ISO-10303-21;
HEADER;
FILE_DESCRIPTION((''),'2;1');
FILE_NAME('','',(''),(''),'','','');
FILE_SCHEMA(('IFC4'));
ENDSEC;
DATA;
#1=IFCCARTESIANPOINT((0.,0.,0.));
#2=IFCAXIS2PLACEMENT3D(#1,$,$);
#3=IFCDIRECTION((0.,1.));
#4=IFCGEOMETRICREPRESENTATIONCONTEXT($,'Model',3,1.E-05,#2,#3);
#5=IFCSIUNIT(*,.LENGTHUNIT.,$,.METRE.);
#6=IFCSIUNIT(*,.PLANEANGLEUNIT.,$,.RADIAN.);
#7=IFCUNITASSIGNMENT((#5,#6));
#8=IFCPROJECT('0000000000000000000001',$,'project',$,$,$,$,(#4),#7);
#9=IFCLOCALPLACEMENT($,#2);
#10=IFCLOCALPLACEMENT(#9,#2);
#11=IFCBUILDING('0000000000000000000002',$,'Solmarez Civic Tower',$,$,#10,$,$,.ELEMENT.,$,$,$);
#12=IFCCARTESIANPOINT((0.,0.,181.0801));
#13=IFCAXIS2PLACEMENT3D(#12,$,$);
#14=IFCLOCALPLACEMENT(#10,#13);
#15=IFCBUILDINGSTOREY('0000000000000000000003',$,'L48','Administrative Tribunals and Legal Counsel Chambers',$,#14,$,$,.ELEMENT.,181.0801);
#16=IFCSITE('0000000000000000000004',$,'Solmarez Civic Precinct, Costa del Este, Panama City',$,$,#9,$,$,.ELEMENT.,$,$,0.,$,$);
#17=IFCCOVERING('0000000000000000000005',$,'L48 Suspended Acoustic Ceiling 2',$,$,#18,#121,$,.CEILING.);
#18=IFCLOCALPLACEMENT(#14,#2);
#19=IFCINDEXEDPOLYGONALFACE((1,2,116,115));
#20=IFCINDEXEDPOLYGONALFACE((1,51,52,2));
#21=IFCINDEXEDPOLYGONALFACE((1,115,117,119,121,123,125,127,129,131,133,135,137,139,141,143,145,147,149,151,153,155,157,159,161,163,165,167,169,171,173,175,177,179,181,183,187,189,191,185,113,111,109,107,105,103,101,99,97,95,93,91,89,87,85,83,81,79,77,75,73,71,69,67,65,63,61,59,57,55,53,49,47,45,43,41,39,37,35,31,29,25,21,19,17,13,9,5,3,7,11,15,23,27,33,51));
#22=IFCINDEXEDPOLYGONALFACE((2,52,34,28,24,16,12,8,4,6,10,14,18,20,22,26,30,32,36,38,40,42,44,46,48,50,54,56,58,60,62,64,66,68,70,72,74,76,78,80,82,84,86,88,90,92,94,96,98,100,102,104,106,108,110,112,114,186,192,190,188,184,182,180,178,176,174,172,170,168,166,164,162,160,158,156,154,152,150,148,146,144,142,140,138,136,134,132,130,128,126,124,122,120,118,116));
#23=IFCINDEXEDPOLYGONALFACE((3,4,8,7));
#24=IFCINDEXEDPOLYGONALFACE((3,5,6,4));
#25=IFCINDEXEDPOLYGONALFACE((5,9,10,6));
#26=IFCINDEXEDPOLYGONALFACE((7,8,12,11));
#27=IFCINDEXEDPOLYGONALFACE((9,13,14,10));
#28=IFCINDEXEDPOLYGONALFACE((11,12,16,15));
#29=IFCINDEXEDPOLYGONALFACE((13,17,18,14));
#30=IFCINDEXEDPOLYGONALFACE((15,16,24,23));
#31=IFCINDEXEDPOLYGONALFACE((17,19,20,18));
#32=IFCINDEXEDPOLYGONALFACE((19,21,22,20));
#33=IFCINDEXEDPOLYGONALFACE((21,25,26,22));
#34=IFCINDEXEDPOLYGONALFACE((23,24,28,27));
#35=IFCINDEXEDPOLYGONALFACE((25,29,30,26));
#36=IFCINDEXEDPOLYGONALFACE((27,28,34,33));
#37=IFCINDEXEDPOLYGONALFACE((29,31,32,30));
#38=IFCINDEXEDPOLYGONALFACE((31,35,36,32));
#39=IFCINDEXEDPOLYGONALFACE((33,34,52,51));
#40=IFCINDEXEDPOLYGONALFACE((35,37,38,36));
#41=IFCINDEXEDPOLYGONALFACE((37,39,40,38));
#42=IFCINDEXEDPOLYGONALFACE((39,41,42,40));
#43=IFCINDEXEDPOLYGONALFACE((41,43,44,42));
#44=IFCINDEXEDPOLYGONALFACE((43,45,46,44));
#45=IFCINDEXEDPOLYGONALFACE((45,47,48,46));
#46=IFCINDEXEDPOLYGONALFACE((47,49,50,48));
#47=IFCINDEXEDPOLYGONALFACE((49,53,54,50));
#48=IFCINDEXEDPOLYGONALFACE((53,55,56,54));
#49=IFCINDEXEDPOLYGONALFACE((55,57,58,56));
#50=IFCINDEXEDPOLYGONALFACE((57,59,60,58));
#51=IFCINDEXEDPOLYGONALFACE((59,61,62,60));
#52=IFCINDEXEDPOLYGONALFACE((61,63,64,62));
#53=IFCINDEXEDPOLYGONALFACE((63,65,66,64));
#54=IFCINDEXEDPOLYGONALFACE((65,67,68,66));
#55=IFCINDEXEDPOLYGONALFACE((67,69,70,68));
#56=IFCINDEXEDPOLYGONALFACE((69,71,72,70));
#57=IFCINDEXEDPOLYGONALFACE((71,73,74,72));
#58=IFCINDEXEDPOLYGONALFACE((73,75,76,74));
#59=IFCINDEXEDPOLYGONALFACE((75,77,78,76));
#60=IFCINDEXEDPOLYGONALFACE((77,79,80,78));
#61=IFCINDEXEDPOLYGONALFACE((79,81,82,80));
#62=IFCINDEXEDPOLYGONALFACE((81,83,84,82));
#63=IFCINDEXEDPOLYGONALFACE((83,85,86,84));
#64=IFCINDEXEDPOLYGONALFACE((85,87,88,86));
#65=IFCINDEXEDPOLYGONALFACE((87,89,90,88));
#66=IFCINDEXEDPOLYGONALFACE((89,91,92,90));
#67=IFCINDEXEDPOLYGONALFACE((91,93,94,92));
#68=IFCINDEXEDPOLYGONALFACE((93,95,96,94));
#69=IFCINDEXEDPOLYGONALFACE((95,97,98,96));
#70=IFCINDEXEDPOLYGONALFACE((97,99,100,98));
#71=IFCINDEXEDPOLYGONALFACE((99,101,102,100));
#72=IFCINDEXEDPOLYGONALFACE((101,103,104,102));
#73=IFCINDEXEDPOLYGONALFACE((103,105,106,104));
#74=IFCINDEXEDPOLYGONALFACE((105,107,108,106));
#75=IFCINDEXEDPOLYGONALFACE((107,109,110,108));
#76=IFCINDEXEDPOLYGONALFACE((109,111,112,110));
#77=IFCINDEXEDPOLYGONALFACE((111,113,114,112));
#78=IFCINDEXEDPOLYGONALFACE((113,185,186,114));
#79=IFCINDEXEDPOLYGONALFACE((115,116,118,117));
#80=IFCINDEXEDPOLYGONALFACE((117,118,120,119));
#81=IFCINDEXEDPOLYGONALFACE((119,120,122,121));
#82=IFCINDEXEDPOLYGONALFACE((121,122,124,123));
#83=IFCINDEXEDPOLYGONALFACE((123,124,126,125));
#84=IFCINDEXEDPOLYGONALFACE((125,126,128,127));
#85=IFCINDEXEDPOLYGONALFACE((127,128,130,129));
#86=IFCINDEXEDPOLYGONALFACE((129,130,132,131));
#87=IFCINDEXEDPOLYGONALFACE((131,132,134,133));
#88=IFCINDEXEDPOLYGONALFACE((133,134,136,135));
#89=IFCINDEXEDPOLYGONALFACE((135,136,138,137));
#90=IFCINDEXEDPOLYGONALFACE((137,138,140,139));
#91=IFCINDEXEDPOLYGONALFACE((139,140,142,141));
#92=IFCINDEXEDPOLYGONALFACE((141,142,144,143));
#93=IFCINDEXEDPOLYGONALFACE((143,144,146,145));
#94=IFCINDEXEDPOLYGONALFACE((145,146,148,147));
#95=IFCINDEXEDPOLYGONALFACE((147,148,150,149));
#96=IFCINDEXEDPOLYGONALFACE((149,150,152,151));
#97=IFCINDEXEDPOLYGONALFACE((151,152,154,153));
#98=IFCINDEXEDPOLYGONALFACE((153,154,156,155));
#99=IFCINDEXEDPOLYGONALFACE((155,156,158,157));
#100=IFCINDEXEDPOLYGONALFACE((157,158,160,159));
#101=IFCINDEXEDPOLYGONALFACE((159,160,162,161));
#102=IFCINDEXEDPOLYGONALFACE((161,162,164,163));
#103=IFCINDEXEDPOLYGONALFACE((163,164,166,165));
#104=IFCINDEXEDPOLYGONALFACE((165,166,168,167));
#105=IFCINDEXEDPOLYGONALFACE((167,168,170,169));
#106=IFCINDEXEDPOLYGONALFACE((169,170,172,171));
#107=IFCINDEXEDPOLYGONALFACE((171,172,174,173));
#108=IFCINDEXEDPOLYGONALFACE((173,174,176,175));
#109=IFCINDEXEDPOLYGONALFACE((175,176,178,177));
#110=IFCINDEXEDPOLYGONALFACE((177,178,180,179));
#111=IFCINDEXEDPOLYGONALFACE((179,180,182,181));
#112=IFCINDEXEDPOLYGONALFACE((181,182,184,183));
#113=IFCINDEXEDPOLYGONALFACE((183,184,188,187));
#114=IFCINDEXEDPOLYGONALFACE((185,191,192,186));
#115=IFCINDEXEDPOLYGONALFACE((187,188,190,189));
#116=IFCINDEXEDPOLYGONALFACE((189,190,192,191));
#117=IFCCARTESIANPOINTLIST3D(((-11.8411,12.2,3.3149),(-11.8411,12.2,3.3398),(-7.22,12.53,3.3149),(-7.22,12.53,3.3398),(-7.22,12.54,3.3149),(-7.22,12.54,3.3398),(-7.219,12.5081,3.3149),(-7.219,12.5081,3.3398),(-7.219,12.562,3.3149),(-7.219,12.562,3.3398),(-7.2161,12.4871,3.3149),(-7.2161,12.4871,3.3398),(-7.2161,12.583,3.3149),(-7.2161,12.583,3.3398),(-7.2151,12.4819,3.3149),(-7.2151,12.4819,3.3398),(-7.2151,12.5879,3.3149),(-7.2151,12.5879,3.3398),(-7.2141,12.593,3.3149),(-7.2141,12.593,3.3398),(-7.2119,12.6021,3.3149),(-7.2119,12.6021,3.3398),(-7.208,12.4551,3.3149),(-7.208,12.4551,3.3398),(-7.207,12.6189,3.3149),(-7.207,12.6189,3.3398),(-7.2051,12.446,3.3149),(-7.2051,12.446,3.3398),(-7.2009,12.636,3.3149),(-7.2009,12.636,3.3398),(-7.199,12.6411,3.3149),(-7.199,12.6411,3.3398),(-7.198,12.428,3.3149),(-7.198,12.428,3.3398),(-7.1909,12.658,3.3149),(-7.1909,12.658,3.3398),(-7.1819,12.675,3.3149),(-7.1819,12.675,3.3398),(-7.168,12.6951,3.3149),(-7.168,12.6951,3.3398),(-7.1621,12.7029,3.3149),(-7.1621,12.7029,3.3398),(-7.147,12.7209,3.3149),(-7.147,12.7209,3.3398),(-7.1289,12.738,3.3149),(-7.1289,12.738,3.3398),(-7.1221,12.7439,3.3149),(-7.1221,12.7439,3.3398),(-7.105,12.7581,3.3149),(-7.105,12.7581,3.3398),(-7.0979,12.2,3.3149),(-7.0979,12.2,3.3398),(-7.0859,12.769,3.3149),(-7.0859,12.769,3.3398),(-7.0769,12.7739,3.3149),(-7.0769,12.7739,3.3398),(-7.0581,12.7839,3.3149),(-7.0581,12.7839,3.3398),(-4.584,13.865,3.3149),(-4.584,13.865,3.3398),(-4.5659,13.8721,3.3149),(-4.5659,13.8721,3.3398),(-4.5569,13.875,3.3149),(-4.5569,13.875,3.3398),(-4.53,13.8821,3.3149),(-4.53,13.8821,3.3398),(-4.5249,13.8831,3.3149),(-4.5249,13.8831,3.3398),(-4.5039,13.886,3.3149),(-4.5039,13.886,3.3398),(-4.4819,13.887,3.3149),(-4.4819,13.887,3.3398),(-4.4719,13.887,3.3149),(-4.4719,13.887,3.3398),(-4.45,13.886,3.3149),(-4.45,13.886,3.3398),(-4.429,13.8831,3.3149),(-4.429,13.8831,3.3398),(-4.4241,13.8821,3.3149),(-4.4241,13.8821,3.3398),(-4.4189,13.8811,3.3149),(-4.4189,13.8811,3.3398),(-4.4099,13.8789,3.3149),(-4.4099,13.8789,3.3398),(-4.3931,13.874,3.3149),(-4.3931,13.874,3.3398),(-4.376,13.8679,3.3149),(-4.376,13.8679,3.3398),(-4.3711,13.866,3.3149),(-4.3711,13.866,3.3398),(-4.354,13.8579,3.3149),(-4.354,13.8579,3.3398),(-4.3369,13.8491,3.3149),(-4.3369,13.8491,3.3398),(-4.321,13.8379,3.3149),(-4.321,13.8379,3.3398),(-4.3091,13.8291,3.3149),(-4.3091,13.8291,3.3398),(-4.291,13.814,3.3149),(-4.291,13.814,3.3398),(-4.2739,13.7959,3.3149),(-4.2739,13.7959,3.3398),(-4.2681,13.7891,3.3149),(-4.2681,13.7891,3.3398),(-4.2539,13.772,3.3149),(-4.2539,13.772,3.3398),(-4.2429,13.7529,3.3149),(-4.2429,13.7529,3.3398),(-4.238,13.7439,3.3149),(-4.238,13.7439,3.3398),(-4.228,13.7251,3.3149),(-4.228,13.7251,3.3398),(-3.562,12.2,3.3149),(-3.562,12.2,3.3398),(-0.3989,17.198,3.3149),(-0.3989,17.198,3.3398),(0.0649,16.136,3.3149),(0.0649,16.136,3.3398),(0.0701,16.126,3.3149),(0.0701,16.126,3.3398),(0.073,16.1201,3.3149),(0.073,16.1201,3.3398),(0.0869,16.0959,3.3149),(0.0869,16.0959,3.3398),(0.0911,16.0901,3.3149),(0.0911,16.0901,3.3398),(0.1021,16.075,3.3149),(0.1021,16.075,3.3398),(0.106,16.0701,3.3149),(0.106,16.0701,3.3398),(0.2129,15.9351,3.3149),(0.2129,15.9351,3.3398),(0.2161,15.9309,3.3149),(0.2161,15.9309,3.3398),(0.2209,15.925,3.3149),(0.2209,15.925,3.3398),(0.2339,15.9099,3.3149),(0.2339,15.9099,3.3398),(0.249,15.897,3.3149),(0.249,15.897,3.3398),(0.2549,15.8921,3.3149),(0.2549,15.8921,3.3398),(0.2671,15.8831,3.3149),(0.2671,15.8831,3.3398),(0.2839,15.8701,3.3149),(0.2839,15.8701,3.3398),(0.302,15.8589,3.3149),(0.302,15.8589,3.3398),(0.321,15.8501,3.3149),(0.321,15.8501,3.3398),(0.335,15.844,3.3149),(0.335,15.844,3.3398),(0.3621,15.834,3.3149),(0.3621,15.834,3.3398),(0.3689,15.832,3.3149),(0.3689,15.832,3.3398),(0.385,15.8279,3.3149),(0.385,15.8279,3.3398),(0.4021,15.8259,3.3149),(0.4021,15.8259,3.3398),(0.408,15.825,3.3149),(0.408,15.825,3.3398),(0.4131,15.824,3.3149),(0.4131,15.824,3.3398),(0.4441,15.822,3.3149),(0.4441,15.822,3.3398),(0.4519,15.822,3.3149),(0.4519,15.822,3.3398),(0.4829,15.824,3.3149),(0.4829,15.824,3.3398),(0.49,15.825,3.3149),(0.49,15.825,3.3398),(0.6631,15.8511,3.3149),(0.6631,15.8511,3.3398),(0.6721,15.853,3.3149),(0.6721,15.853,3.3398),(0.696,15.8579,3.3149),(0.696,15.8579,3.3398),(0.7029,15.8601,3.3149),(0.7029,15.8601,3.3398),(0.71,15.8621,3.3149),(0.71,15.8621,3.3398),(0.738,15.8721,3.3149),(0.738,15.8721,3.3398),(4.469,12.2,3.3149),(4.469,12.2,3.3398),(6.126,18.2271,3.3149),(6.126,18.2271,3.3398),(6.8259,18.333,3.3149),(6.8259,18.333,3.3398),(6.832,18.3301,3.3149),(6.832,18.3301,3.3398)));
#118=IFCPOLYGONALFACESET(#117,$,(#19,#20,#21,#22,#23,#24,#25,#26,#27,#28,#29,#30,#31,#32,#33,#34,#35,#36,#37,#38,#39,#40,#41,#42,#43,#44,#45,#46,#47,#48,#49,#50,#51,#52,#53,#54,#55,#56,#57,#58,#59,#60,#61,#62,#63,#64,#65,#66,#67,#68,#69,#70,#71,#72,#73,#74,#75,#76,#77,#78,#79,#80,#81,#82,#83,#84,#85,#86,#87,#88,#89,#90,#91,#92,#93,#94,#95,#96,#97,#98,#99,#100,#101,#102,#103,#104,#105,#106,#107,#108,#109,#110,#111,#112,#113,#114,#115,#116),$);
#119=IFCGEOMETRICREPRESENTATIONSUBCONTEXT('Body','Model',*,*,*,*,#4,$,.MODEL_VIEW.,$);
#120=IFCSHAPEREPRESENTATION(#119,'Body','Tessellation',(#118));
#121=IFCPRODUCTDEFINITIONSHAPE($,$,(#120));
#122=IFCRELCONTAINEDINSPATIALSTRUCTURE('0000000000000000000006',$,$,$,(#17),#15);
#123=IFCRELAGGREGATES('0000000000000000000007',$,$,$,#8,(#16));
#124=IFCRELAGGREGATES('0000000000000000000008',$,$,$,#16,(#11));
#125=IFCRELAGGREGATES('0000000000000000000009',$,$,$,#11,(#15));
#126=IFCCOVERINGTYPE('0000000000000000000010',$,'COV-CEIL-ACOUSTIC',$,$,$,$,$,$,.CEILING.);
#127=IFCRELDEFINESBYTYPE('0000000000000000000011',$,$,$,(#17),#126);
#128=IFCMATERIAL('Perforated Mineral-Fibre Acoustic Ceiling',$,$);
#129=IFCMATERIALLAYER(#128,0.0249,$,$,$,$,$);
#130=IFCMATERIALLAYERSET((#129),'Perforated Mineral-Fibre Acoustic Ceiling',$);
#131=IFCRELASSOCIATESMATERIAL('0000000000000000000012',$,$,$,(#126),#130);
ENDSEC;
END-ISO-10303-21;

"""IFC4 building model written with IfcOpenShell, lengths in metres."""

from ifc_helpers import new_model, si_unit, direction, frame, origin, place, context, subcontext, project, spatial, polyline, outline, extrude, material, layer, layer_set, type_object, element, save


model = new_model("IFC4")

# Units and contexts
model_context = context("Model", 3, precision=1e-05, world=origin(), true_north=direction((0.0, 1.0)))
body_context = subcontext(model_context, "Body", "Model", "MODEL_VIEW")
ifc_project = project(units=[si_unit("LENGTHUNIT", "METRE"), si_unit("PLANEANGLEUNIT", "RADIAN")], contexts=[model_context])

# Site, building, storey
site_placement = place(None, origin())
site = spatial("IfcSite", under=ifc_project, at=site_placement, Name="Solmarez Civic Precinct, Costa del Este, Panama City", CompositionType="ELEMENT", RefElevation=0.0)
building_placement = place(site_placement, origin())
building = spatial("IfcBuilding", under=site, at=building_placement, Name="Solmarez Civic Tower", CompositionType="ELEMENT")
storey_placement = place(building_placement, frame((0.0, 0.0, 181.0801)))
storey = spatial("IfcBuildingStorey", under=building, at=storey_placement, Name="L48", Description="Administrative Tribunals and Legal Counsel Chambers", CompositionType="ELEMENT", Elevation=181.0801)

# Covering
ifc_material_1 = material(Name="Perforated Mineral-Fibre Acoustic Ceiling")
ifc_layer_1 = layer(ifc_material_1, 0.0249)
ifc_layer_set_1 = layer_set([ifc_layer_1], Name="Perforated Mineral-Fibre Acoustic Ceiling")
covering_type_1 = type_object("IfcCoveringType", Name="COV-CEIL-ACOUSTIC", PredefinedType="CEILING", material=ifc_layer_set_1)
covering_1_placement = place(storey_placement, frame((0.0, 0.0, 3.3149)))
element("IfcCovering", 1, at=covering_1_placement, inside=storey, type_object=covering_type_1, Name="L48 Suspended Acoustic Ceiling 2", PredefinedType="CEILING", context=body_context, shape_type="SweptSolid", body=[
    extrude(outline(polyline([(-11.8411, 12.2), (-7.0979, 12.2), (-7.198, 12.428), (-7.2051, 12.446), (-7.208, 12.4551), (-7.2151, 12.4819), (-7.2161, 12.4871), (-7.219, 12.5081), (-7.22, 12.53), (-7.22, 12.54), (-7.219, 12.562), (-7.2161, 12.583), (-7.2151, 12.5879), (-7.2141, 12.593), (-7.2119, 12.6021), (-7.207, 12.6189), (-7.2009, 12.636), (-7.199, 12.6411), (-7.1909, 12.658), (-7.1819, 12.675), (-7.168, 12.6951), (-7.1621, 12.7029), (-7.147, 12.7209), (-7.1289, 12.738), (-7.1221, 12.7439), (-7.105, 12.7581), (-7.0859, 12.769), (-7.0769, 12.7739), (-7.0581, 12.7839), (-4.584, 13.865), (-4.5659, 13.8721), (-4.5569, 13.875), (-4.53, 13.8821), (-4.5249, 13.8831), (-4.5039, 13.886), (-4.4819, 13.887), (-4.4719, 13.887), (-4.45, 13.886), (-4.429, 13.8831), (-4.4241, 13.8821), (-4.4189, 13.8811), (-4.4099, 13.8789), (-4.3931, 13.874), (-4.376, 13.8679), (-4.3711, 13.866), (-4.354, 13.8579), (-4.3369, 13.8491), (-4.321, 13.8379), (-4.3091, 13.8291), (-4.291, 13.814), (-4.2739, 13.7959), (-4.2681, 13.7891), (-4.2539, 13.772), (-4.2429, 13.7529), (-4.238, 13.7439), (-4.228, 13.7251), (-3.562, 12.2), (4.469, 12.2), (6.832, 18.3301), (6.8259, 18.333), (6.126, 18.2271), (0.738, 15.8721), (0.71, 15.8621), (0.7029, 15.8601), (0.696, 15.8579), (0.6721, 15.853), (0.6631, 15.8511), (0.49, 15.825), (0.4829, 15.824), (0.4519, 15.822), (0.4441, 15.822), (0.4131, 15.824), (0.408, 15.825), (0.4021, 15.8259), (0.385, 15.8279), (0.3689, 15.832), (0.3621, 15.834), (0.335, 15.844), (0.321, 15.8501), (0.302, 15.8589), (0.2839, 15.8701), (0.2671, 15.8831), (0.2549, 15.8921), (0.249, 15.897), (0.2339, 15.9099), (0.2209, 15.925), (0.2161, 15.9309), (0.2129, 15.9351), (0.106, 16.0701), (0.1021, 16.075), (0.0911, 16.0901), (0.0869, 16.0959), (0.073, 16.1201), (0.0701, 16.126), (0.0649, 16.136), (-0.3989, 17.198), (-11.8411, 12.2)])), origin(), (0.0, 0.0, 1.0), 0.0249),
])

save(model, "model.ifc")
